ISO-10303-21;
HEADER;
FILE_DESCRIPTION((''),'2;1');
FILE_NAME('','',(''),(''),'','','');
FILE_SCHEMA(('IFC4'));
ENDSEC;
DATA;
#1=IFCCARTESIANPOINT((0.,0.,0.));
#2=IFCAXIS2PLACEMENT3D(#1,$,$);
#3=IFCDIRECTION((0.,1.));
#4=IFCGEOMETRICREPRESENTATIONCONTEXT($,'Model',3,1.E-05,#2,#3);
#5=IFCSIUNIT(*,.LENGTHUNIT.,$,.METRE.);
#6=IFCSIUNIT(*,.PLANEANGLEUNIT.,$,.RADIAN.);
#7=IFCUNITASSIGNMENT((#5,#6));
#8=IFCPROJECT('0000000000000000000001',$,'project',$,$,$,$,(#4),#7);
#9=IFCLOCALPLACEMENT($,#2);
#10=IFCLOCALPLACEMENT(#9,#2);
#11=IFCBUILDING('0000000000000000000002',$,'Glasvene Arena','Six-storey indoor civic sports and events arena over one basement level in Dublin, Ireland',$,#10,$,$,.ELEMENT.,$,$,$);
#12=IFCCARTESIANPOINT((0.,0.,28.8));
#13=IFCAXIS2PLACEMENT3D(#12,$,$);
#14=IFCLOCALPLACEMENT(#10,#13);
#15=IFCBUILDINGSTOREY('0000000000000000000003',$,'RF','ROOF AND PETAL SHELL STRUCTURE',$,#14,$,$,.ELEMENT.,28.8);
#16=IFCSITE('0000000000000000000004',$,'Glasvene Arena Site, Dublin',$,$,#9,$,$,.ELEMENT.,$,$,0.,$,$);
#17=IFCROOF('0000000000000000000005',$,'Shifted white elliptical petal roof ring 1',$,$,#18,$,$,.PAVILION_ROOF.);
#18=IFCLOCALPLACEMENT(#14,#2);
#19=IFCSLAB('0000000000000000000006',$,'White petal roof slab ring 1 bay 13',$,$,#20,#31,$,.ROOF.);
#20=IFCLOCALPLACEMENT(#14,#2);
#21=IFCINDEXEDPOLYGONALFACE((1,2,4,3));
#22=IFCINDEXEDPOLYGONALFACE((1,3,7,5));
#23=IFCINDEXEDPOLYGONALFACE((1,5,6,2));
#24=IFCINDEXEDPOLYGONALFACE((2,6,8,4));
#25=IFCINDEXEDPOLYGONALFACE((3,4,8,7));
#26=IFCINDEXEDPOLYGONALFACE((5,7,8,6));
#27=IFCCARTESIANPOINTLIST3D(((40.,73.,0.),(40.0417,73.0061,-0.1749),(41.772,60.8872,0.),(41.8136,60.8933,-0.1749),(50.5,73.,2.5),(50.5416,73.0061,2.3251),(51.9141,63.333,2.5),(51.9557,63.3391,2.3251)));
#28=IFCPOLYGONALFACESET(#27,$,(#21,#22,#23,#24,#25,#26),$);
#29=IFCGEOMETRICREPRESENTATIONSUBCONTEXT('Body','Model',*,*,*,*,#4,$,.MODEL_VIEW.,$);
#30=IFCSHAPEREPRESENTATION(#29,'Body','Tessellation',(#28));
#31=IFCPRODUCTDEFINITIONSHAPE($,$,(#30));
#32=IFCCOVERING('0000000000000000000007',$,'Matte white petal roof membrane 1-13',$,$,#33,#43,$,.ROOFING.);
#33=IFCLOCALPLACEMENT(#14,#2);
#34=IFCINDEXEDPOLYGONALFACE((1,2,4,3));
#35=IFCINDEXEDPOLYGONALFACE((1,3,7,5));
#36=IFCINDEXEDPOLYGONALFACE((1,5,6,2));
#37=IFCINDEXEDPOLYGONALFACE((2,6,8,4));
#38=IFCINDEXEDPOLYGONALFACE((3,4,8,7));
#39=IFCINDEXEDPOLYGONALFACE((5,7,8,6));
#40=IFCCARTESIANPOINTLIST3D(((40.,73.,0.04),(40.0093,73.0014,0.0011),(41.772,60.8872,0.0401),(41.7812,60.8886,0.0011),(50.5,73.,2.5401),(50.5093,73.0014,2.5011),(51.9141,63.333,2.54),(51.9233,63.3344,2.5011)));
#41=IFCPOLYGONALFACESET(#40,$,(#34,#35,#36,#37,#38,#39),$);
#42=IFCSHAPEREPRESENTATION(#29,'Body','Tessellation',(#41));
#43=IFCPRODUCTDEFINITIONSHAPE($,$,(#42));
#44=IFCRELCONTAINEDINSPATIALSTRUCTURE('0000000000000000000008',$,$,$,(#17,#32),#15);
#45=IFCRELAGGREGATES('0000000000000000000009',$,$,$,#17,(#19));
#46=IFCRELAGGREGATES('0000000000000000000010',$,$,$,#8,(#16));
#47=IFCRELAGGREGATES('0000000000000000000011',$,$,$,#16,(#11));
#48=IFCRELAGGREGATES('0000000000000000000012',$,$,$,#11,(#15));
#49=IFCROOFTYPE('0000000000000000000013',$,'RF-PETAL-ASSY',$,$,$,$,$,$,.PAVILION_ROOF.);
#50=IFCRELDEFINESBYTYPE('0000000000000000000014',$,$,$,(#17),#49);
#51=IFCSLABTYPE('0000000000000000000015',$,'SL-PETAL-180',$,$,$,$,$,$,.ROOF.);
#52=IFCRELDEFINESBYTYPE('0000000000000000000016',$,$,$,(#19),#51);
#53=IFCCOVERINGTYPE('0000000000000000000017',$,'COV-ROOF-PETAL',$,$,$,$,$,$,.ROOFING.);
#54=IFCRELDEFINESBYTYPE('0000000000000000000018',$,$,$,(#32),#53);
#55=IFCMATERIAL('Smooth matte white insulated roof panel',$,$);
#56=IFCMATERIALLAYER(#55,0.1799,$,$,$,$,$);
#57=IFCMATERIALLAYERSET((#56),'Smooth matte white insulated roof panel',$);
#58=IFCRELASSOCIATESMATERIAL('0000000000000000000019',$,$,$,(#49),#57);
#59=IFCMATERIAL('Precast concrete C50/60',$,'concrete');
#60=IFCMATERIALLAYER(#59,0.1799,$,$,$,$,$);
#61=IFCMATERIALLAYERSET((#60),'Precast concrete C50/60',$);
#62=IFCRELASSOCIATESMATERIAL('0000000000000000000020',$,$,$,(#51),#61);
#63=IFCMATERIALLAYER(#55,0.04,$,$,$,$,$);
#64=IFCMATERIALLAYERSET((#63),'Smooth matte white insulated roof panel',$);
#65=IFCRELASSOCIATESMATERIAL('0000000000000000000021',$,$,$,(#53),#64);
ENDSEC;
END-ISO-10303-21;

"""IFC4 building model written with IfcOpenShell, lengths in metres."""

from ifc_helpers import new_model, si_unit, direction, frame, origin, place, context, subcontext, project, spatial, polyline, outline, extrude, material, layer, layer_set, type_object, element, aggregate, save


model = new_model("IFC4")

# Units and contexts
model_context = context("Model", 3, precision=1e-05, world=origin(), true_north=direction((0.0, 1.0)))
body_context = subcontext(model_context, "Body", "Model", "MODEL_VIEW")
ifc_project = project(units=[si_unit("LENGTHUNIT", "METRE"), si_unit("PLANEANGLEUNIT", "RADIAN")], contexts=[model_context])

# Site, building, storey
site_placement = place(None, origin())
site = spatial("IfcSite", under=ifc_project, at=site_placement, Name="Glasvene Arena Site, Dublin", CompositionType="ELEMENT", RefElevation=0.0)
building_placement = place(site_placement, origin())
building = spatial("IfcBuilding", under=site, at=building_placement, Name="Glasvene Arena", Description="Six-storey indoor civic sports and events arena over one basement level in Dublin, Ireland", CompositionType="ELEMENT")
storey_placement = place(building_placement, frame((0.0, 0.0, 28.8)))
storey = spatial("IfcBuildingStorey", under=building, at=storey_placement, Name="RF", Description="ROOF AND PETAL SHELL STRUCTURE", CompositionType="ELEMENT", Elevation=28.8)

# Roof, slab
ifc_material_1 = material(Name="Smooth matte white insulated roof panel")
ifc_layer_1 = layer(ifc_material_1, 0.1799)
ifc_layer_set_1 = layer_set([ifc_layer_1], Name="Smooth matte white insulated roof panel")
roof_type = type_object("IfcRoofType", Name="RF-PETAL-ASSY", PredefinedType="PAVILION_ROOF", material=ifc_layer_set_1)
roof_placement = place(storey_placement, frame((92.0, 73.0, 0.0)))
roof = element("IfcRoof", 1, at=roof_placement, inside=storey, type_object=roof_type, Name="Shifted white elliptical petal roof ring 1", PredefinedType="PAVILION_ROOF")
ifc_material_2 = material(Name="Precast concrete C50/60", Category="concrete")
ifc_layer_2 = layer(ifc_material_2, 0.1799)
ifc_layer_set_2 = layer_set([ifc_layer_2], Name="Precast concrete C50/60")
slab_type = type_object("IfcSlabType", Name="SL-PETAL-180", PredefinedType="ROOF", material=ifc_layer_set_2)
slab_placement = place(storey_placement, frame((40.0, 73.0, 0.0), z_axis=(-0.231489, -0.033863, 0.972248), x_axis=(0.144748, -0.989468, 0.000001)))
slab = element("IfcSlab", 2, at=slab_placement, type_object=slab_type, Name="White petal roof slab ring 1 bay 13", PredefinedType="ROOF", context=body_context, shape_type="SweptSolid", body=[
    extrude(outline(polyline([(0.0, 0.0), (12.2417, 0.0), (11.2897, 10.6859), (1.5199, 10.686), (0.0, 0.0)])), origin(), (0.0, 0.0, -1.0), 0.1799),
])
aggregate(roof, [slab])

# Covering
ifc_layer_3 = layer(ifc_material_1, 0.04)
ifc_layer_set_3 = layer_set([ifc_layer_3], Name="Smooth matte white insulated roof panel")
covering_type = type_object("IfcCoveringType", Name="COV-ROOF-PETAL", PredefinedType="ROOFING", material=ifc_layer_set_3)
covering_placement = place(storey_placement, frame((40.0, 73.0, 0.04), z_axis=(-0.231489, -0.033863, 0.972248), x_axis=(0.144748, -0.989468, 0.000001)))
element("IfcCovering", 3, at=covering_placement, inside=storey, type_object=covering_type, Name="Matte white petal roof membrane 1-13", PredefinedType="ROOFING", context=body_context, shape_type="SweptSolid", body=[
    extrude(outline(polyline([(0.0, 0.0), (12.2417, 0.0), (11.2897, 10.6859), (1.5199, 10.686), (0.0, 0.0)])), origin(), (0.0, 0.0, -1.0), 0.04),
])

save(model, "model.ifc")
